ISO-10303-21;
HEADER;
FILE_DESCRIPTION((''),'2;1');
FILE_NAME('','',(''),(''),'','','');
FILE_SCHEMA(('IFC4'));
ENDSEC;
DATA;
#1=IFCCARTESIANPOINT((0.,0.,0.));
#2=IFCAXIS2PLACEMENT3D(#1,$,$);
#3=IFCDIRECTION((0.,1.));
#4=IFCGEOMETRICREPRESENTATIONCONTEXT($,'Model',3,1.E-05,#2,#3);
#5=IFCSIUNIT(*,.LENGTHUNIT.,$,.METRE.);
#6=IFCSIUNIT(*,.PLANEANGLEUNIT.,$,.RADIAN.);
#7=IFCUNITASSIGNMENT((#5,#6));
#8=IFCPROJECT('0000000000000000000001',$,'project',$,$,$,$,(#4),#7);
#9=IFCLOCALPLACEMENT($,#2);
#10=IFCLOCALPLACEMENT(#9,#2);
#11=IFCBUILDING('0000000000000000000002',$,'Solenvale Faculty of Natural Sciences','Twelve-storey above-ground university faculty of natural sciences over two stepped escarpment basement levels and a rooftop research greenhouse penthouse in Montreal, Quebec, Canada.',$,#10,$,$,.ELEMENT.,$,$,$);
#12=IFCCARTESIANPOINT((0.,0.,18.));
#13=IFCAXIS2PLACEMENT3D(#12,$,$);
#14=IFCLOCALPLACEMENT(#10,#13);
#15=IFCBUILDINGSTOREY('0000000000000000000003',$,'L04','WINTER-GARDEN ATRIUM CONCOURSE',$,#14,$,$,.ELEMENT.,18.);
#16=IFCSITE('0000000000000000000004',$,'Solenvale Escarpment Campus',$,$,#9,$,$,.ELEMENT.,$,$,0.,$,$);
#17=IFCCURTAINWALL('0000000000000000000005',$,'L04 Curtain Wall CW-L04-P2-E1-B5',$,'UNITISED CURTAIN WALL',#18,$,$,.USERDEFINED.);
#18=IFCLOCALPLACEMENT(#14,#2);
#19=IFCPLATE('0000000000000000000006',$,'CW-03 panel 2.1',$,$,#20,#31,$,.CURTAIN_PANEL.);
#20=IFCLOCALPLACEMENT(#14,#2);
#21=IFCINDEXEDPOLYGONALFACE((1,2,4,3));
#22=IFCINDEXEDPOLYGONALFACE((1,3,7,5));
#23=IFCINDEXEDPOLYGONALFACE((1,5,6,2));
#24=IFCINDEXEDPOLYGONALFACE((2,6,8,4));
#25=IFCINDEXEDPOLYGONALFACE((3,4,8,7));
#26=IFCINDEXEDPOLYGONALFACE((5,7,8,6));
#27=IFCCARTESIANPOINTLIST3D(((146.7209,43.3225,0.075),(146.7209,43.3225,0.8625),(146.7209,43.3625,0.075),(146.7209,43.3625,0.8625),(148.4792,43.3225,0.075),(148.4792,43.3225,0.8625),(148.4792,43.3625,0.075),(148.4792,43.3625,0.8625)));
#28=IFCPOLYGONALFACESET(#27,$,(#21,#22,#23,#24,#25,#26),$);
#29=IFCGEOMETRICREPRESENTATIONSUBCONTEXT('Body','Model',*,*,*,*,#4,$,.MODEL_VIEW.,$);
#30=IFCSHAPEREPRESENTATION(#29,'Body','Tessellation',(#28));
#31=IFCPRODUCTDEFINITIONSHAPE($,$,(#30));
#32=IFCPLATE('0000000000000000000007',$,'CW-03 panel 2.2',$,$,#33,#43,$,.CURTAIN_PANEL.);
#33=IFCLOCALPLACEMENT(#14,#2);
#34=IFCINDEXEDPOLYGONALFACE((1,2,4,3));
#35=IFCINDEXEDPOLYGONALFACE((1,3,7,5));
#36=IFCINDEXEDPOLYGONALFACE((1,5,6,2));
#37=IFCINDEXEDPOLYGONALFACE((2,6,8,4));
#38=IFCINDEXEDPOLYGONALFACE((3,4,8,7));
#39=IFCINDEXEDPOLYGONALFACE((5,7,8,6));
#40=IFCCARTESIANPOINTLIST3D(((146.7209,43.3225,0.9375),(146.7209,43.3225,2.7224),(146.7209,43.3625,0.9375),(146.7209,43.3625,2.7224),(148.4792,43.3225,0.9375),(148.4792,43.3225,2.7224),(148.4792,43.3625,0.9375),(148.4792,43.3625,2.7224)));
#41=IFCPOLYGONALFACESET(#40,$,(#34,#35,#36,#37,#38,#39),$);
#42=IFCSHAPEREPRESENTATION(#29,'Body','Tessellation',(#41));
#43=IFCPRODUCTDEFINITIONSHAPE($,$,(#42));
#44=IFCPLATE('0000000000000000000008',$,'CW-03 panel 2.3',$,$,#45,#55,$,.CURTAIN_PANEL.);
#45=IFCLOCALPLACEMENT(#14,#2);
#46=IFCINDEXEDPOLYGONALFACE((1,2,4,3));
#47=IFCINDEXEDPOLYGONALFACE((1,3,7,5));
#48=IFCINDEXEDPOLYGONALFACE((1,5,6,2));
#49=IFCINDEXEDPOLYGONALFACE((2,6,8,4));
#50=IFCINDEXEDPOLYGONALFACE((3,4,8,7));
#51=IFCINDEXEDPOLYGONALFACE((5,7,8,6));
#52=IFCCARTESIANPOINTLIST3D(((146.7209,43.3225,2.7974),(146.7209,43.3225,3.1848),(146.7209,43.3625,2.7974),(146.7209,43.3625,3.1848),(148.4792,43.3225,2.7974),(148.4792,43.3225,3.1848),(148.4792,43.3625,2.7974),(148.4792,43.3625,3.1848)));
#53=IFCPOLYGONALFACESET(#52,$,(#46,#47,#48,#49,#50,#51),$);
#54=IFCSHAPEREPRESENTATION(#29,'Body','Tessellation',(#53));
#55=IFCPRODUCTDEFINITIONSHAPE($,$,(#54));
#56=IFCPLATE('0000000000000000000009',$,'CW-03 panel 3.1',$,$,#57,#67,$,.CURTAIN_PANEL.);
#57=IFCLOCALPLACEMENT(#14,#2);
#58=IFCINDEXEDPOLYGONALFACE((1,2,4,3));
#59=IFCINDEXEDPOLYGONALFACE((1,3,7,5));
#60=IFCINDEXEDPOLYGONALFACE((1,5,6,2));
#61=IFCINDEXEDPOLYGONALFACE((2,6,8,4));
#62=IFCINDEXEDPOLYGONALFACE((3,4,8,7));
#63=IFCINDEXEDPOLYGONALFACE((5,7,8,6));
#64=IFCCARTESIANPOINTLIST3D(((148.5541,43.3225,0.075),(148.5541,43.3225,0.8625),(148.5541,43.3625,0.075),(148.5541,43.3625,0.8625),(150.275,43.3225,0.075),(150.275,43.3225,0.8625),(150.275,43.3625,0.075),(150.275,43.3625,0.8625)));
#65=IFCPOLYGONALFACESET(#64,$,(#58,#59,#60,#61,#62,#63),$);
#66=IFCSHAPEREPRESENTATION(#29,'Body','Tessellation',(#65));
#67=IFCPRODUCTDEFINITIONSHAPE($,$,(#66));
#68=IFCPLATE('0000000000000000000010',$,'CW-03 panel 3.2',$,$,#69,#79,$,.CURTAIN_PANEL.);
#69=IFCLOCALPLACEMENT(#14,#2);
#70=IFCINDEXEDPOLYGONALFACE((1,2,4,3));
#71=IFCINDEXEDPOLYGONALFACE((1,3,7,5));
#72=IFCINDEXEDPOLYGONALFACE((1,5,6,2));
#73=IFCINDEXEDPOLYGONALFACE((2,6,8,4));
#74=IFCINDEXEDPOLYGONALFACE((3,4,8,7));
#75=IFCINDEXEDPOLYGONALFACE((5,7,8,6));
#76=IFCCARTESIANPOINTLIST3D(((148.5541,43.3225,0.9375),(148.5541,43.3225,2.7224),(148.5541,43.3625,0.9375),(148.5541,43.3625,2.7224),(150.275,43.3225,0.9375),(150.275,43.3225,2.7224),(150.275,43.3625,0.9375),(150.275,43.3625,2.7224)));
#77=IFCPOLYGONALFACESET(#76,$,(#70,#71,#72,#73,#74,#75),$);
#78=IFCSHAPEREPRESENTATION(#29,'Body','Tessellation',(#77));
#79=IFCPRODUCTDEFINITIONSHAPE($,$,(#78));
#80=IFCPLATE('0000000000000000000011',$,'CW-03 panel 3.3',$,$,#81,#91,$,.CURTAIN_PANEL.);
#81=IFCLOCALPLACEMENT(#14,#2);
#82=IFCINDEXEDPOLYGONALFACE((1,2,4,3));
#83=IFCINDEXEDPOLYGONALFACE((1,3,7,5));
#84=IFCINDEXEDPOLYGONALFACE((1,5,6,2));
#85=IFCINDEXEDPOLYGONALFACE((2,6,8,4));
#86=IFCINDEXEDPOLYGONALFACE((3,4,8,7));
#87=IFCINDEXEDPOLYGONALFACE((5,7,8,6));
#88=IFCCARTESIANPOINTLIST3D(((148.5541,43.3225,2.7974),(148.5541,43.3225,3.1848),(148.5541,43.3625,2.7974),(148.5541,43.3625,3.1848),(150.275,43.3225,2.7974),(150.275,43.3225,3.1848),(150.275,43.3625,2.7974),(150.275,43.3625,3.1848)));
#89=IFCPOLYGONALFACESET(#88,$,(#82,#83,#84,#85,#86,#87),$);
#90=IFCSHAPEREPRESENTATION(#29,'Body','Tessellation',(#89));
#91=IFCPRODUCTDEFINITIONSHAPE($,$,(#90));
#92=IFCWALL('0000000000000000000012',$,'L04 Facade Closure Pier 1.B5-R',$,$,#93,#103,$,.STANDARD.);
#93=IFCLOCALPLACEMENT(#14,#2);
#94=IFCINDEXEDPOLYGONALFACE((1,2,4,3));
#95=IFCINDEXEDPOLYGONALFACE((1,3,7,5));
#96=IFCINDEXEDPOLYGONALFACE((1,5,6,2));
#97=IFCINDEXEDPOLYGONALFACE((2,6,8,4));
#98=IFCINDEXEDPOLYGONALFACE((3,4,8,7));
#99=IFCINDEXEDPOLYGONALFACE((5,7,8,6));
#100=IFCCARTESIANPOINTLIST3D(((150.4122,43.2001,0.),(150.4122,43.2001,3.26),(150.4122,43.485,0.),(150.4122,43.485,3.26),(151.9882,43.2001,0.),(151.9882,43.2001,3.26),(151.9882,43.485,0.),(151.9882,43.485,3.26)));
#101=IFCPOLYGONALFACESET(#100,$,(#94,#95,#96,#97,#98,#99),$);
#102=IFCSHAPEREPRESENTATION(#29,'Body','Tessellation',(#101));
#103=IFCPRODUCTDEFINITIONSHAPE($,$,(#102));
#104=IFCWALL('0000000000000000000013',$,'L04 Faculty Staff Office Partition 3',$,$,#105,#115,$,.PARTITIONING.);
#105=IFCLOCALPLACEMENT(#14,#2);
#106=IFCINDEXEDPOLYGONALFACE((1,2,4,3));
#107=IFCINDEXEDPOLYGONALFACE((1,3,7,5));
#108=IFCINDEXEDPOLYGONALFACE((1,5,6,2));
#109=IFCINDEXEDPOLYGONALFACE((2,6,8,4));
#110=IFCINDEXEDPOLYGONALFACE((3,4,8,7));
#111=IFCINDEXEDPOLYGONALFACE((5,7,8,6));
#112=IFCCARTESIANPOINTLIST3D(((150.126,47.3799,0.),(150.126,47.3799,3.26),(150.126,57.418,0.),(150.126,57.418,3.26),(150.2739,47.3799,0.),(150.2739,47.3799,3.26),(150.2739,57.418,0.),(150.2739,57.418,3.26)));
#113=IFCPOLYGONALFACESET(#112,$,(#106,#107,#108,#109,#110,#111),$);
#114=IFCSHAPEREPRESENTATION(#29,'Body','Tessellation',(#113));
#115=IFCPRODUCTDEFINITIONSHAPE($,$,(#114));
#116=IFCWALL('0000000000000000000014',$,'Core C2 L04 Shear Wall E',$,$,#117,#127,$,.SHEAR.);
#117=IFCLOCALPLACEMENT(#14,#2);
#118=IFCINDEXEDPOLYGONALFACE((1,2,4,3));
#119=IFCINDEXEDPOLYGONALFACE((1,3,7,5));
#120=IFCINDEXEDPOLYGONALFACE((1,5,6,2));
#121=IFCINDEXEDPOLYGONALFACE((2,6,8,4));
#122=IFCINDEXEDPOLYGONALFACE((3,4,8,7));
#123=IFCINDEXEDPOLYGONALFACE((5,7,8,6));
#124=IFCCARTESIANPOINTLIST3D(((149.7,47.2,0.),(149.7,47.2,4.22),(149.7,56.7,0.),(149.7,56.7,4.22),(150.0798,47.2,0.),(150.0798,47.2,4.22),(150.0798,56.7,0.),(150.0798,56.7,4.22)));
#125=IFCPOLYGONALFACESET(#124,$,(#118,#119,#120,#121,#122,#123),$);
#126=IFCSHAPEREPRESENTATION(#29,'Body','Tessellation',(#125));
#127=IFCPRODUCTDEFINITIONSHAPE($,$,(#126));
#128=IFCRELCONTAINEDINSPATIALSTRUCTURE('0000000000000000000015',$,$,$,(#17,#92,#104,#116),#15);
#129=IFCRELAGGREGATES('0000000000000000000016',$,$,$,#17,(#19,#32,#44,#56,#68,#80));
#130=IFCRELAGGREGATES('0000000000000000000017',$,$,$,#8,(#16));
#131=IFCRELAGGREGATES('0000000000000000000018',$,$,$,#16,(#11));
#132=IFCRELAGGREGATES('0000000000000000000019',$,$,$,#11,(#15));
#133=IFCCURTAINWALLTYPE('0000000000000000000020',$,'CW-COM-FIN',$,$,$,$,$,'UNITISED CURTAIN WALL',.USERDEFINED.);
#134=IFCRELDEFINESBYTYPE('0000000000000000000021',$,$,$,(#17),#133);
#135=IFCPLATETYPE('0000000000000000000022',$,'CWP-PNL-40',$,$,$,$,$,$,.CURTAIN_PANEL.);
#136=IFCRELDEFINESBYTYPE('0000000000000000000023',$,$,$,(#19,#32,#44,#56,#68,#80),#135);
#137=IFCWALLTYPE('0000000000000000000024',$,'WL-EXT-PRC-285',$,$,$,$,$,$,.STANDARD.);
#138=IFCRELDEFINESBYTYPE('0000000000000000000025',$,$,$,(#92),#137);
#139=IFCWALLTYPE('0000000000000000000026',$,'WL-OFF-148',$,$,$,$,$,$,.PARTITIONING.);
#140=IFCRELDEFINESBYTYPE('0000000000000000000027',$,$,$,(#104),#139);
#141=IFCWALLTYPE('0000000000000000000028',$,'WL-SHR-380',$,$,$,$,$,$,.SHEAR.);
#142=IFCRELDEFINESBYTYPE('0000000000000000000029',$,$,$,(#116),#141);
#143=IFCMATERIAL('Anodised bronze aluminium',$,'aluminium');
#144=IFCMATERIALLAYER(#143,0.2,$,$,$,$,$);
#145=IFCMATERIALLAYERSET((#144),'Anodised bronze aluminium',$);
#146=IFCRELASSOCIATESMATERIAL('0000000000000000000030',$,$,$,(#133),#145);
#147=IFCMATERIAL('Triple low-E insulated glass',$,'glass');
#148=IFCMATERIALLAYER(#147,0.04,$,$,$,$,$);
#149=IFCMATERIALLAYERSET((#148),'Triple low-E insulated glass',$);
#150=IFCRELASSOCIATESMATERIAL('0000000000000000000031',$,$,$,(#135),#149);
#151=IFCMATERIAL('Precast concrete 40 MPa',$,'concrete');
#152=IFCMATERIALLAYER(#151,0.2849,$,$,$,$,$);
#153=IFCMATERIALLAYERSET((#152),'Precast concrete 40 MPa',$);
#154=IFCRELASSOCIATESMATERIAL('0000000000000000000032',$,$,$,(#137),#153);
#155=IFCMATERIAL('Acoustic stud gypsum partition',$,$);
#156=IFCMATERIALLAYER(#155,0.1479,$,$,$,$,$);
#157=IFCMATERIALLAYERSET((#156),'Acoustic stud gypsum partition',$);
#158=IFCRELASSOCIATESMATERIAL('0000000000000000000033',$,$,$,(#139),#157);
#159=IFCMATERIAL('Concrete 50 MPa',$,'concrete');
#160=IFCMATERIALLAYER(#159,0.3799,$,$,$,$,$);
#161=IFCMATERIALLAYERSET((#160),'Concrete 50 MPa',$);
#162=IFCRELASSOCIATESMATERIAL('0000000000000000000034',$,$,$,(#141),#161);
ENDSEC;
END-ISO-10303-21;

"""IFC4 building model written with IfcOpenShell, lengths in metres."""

from ifc_helpers import new_model, si_unit, direction, frame, frame_2d, origin, origin_2d, place, context, subcontext, project, spatial, rectangle, extrude, material, layer, layer_set, type_object, element, aggregate, save


model = new_model("IFC4")

# Units and contexts
model_context = context("Model", 3, precision=1e-05, world=origin(), true_north=direction((0.0, 1.0)))
body_context = subcontext(model_context, "Body", "Model", "MODEL_VIEW")
ifc_project = project(units=[si_unit("LENGTHUNIT", "METRE"), si_unit("PLANEANGLEUNIT", "RADIAN")], contexts=[model_context])

# Site, building, storey
site_placement = place(None, origin())
site = spatial("IfcSite", under=ifc_project, at=site_placement, Name="Solenvale Escarpment Campus", CompositionType="ELEMENT", RefElevation=0.0)
building_placement = place(site_placement, origin())
building = spatial("IfcBuilding", under=site, at=building_placement, Name="Solenvale Faculty of Natural Sciences", Description="Twelve-storey above-ground university faculty of natural sciences over two stepped escarpment basement levels and a rooftop research greenhouse penthouse in Montreal, Quebec, Canada.", CompositionType="ELEMENT")
storey_placement = place(building_placement, frame((0.0, 0.0, 18.0)))
storey = spatial("IfcBuildingStorey", under=building, at=storey_placement, Name="L04", Description="WINTER-GARDEN ATRIUM CONCOURSE", CompositionType="ELEMENT", Elevation=18.0)

# Curtain wall, plates
ifc_material_1 = material(Name="Anodised bronze aluminium", Category="aluminium")
ifc_layer_1 = layer(ifc_material_1, 0.2)
ifc_layer_set_1 = layer_set([ifc_layer_1], Name="Anodised bronze aluminium")
curtain_wall_type = type_object("IfcCurtainWallType", Name="CW-COM-FIN", ElementType="UNITISED CURTAIN WALL", PredefinedType="USERDEFINED", material=ifc_layer_set_1)
curtain_wall_placement = place(storey_placement, origin())
curtain_wall = element("IfcCurtainWall", 1, at=curtain_wall_placement, inside=storey, type_object=curtain_wall_type, Name="L04 Curtain Wall CW-L04-P2-E1-B5", ObjectType="UNITISED CURTAIN WALL", PredefinedType="USERDEFINED")
ifc_material_2 = material(Name="Triple low-E insulated glass", Category="glass")
ifc_layer_2 = layer(ifc_material_2, 0.04)
ifc_layer_set_2 = layer_set([ifc_layer_2], Name="Triple low-E insulated glass")
plate_type = type_object("IfcPlateType", Name="CWP-PNL-40", PredefinedType="CURTAIN_PANEL", material=ifc_layer_set_2)
plate_1_placement = place(storey_placement, frame((147.6001, 43.3425, 0.075), z_axis=(0.0, 0.0, 1.0), x_axis=(1.0, 0.0, 0.0)))
plate_1 = element("IfcPlate", 2, at=plate_1_placement, type_object=plate_type, Name="CW-03 panel 2.1", PredefinedType="CURTAIN_PANEL", context=body_context, shape_type="SweptSolid", body=[
    extrude(rectangle(XDim=1.7583, YDim=0.04, at=origin_2d()), origin(), (0.0, 0.0, 1.0), 0.7876),
])
plate_2_placement = place(storey_placement, frame((147.6001, 43.3425, 0.9375), z_axis=(0.0, 0.0, 1.0), x_axis=(1.0, 0.0, 0.0)))
plate_2 = element("IfcPlate", 3, at=plate_2_placement, type_object=plate_type, Name="CW-03 panel 2.2", PredefinedType="CURTAIN_PANEL", context=body_context, shape_type="SweptSolid", body=[
    extrude(rectangle(XDim=1.7583, YDim=0.04, at=origin_2d()), origin(), (0.0, 0.0, 1.0), 1.7849),
])
plate_3_placement = place(storey_placement, frame((147.6001, 43.3425, 2.7974), z_axis=(0.0, 0.0, 1.0), x_axis=(1.0, 0.0, 0.0)))
plate_3 = element("IfcPlate", 4, at=plate_3_placement, type_object=plate_type, Name="CW-03 panel 2.3", PredefinedType="CURTAIN_PANEL", context=body_context, shape_type="SweptSolid", body=[
    extrude(rectangle(XDim=1.7583, YDim=0.04, at=origin_2d()), origin(), (0.0, 0.0, 1.0), 0.3875),
])
plate_4_placement = place(storey_placement, frame((149.4146, 43.3425, 0.075), z_axis=(0.0, 0.0, 1.0), x_axis=(1.0, 0.0, 0.0)))
plate_4 = element("IfcPlate", 5, at=plate_4_placement, type_object=plate_type, Name="CW-03 panel 3.1", PredefinedType="CURTAIN_PANEL", context=body_context, shape_type="SweptSolid", body=[
    extrude(rectangle(XDim=1.7209, YDim=0.04, at=origin_2d()), origin(), (0.0, 0.0, 1.0), 0.7876),
])
plate_5_placement = place(storey_placement, frame((149.4146, 43.3425, 0.9375), z_axis=(0.0, 0.0, 1.0), x_axis=(1.0, 0.0, 0.0)))
plate_5 = element("IfcPlate", 6, at=plate_5_placement, type_object=plate_type, Name="CW-03 panel 3.2", PredefinedType="CURTAIN_PANEL", context=body_context, shape_type="SweptSolid", body=[
    extrude(rectangle(XDim=1.7209, YDim=0.04, at=origin_2d()), origin(), (0.0, 0.0, 1.0), 1.7849),
])
plate_6_placement = place(storey_placement, frame((149.4146, 43.3425, 2.7974), z_axis=(0.0, 0.0, 1.0), x_axis=(1.0, 0.0, 0.0)))
plate_6 = element("IfcPlate", 7, at=plate_6_placement, type_object=plate_type, Name="CW-03 panel 3.3", PredefinedType="CURTAIN_PANEL", context=body_context, shape_type="SweptSolid", body=[
    extrude(rectangle(XDim=1.7209, YDim=0.04, at=origin_2d()), origin(), (0.0, 0.0, 1.0), 0.3875),
])
aggregate(curtain_wall, [plate_1, plate_2, plate_3, plate_4, plate_5, plate_6])

# Walls
ifc_material_3 = material(Name="Precast concrete 40 MPa", Category="concrete")
ifc_layer_3 = layer(ifc_material_3, 0.2849)
ifc_layer_set_3 = layer_set([ifc_layer_3], Name="Precast concrete 40 MPa")
wall_type_1 = type_object("IfcWallType", Name="WL-EXT-PRC-285", PredefinedType="STANDARD", material=ifc_layer_set_3)
wall_1_placement = place(storey_placement, frame((150.4121, 43.3425, 0.0), z_axis=(0.0, 0.0, 1.0), x_axis=(1.0, 0.0, 0.0)))
element("IfcWall", 8, at=wall_1_placement, inside=storey, type_object=wall_type_1, Name="L04 Facade Closure Pier 1.B5-R", PredefinedType="STANDARD", context=body_context, shape_type="SweptSolid", body=[
    extrude(rectangle(XDim=1.5759, YDim=0.2849, at=frame_2d((0.7881, 0.0))), origin(), (0.0, 0.0, 1.0), 3.26),
])
ifc_material_4 = material(Name="Acoustic stud gypsum partition")
ifc_layer_4 = layer(ifc_material_4, 0.1479)
ifc_layer_set_4 = layer_set([ifc_layer_4], Name="Acoustic stud gypsum partition")
wall_type_2 = type_object("IfcWallType", Name="WL-OFF-148", PredefinedType="PARTITIONING", material=ifc_layer_set_4)
wall_2_placement = place(storey_placement, frame((150.2, 47.3799, 0.0), z_axis=(0.0, 0.0, 1.0), x_axis=(0.0, 1.0, 0.0)))
element("IfcWall", 9, at=wall_2_placement, inside=storey, type_object=wall_type_2, Name="L04 Faculty Staff Office Partition 3", PredefinedType="PARTITIONING", context=body_context, shape_type="SweptSolid", body=[
    extrude(rectangle(XDim=10.0381, YDim=0.1479, at=frame_2d((5.019, 0.0))), origin(), (0.0, 0.0, 1.0), 3.26),
])
ifc_material_5 = material(Name="Concrete 50 MPa", Category="concrete")
ifc_layer_5 = layer(ifc_material_5, 0.3799)
ifc_layer_set_5 = layer_set([ifc_layer_5], Name="Concrete 50 MPa")
wall_type_3 = type_object("IfcWallType", Name="WL-SHR-380", PredefinedType="SHEAR", material=ifc_layer_set_5)
wall_3_placement = place(storey_placement, frame((149.8899, 47.2, 0.0), z_axis=(0.0, 0.0, 1.0), x_axis=(0.0, 1.0, 0.0)))
element("IfcWall", 10, at=wall_3_placement, inside=storey, type_object=wall_type_3, Name="Core C2 L04 Shear Wall E", PredefinedType="SHEAR", context=body_context, shape_type="SweptSolid", body=[
    extrude(rectangle(XDim=9.5, YDim=0.3799, at=frame_2d((4.75, 0.0))), origin(), (0.0, 0.0, 1.0), 4.22),
])

save(model, "model.ifc")
